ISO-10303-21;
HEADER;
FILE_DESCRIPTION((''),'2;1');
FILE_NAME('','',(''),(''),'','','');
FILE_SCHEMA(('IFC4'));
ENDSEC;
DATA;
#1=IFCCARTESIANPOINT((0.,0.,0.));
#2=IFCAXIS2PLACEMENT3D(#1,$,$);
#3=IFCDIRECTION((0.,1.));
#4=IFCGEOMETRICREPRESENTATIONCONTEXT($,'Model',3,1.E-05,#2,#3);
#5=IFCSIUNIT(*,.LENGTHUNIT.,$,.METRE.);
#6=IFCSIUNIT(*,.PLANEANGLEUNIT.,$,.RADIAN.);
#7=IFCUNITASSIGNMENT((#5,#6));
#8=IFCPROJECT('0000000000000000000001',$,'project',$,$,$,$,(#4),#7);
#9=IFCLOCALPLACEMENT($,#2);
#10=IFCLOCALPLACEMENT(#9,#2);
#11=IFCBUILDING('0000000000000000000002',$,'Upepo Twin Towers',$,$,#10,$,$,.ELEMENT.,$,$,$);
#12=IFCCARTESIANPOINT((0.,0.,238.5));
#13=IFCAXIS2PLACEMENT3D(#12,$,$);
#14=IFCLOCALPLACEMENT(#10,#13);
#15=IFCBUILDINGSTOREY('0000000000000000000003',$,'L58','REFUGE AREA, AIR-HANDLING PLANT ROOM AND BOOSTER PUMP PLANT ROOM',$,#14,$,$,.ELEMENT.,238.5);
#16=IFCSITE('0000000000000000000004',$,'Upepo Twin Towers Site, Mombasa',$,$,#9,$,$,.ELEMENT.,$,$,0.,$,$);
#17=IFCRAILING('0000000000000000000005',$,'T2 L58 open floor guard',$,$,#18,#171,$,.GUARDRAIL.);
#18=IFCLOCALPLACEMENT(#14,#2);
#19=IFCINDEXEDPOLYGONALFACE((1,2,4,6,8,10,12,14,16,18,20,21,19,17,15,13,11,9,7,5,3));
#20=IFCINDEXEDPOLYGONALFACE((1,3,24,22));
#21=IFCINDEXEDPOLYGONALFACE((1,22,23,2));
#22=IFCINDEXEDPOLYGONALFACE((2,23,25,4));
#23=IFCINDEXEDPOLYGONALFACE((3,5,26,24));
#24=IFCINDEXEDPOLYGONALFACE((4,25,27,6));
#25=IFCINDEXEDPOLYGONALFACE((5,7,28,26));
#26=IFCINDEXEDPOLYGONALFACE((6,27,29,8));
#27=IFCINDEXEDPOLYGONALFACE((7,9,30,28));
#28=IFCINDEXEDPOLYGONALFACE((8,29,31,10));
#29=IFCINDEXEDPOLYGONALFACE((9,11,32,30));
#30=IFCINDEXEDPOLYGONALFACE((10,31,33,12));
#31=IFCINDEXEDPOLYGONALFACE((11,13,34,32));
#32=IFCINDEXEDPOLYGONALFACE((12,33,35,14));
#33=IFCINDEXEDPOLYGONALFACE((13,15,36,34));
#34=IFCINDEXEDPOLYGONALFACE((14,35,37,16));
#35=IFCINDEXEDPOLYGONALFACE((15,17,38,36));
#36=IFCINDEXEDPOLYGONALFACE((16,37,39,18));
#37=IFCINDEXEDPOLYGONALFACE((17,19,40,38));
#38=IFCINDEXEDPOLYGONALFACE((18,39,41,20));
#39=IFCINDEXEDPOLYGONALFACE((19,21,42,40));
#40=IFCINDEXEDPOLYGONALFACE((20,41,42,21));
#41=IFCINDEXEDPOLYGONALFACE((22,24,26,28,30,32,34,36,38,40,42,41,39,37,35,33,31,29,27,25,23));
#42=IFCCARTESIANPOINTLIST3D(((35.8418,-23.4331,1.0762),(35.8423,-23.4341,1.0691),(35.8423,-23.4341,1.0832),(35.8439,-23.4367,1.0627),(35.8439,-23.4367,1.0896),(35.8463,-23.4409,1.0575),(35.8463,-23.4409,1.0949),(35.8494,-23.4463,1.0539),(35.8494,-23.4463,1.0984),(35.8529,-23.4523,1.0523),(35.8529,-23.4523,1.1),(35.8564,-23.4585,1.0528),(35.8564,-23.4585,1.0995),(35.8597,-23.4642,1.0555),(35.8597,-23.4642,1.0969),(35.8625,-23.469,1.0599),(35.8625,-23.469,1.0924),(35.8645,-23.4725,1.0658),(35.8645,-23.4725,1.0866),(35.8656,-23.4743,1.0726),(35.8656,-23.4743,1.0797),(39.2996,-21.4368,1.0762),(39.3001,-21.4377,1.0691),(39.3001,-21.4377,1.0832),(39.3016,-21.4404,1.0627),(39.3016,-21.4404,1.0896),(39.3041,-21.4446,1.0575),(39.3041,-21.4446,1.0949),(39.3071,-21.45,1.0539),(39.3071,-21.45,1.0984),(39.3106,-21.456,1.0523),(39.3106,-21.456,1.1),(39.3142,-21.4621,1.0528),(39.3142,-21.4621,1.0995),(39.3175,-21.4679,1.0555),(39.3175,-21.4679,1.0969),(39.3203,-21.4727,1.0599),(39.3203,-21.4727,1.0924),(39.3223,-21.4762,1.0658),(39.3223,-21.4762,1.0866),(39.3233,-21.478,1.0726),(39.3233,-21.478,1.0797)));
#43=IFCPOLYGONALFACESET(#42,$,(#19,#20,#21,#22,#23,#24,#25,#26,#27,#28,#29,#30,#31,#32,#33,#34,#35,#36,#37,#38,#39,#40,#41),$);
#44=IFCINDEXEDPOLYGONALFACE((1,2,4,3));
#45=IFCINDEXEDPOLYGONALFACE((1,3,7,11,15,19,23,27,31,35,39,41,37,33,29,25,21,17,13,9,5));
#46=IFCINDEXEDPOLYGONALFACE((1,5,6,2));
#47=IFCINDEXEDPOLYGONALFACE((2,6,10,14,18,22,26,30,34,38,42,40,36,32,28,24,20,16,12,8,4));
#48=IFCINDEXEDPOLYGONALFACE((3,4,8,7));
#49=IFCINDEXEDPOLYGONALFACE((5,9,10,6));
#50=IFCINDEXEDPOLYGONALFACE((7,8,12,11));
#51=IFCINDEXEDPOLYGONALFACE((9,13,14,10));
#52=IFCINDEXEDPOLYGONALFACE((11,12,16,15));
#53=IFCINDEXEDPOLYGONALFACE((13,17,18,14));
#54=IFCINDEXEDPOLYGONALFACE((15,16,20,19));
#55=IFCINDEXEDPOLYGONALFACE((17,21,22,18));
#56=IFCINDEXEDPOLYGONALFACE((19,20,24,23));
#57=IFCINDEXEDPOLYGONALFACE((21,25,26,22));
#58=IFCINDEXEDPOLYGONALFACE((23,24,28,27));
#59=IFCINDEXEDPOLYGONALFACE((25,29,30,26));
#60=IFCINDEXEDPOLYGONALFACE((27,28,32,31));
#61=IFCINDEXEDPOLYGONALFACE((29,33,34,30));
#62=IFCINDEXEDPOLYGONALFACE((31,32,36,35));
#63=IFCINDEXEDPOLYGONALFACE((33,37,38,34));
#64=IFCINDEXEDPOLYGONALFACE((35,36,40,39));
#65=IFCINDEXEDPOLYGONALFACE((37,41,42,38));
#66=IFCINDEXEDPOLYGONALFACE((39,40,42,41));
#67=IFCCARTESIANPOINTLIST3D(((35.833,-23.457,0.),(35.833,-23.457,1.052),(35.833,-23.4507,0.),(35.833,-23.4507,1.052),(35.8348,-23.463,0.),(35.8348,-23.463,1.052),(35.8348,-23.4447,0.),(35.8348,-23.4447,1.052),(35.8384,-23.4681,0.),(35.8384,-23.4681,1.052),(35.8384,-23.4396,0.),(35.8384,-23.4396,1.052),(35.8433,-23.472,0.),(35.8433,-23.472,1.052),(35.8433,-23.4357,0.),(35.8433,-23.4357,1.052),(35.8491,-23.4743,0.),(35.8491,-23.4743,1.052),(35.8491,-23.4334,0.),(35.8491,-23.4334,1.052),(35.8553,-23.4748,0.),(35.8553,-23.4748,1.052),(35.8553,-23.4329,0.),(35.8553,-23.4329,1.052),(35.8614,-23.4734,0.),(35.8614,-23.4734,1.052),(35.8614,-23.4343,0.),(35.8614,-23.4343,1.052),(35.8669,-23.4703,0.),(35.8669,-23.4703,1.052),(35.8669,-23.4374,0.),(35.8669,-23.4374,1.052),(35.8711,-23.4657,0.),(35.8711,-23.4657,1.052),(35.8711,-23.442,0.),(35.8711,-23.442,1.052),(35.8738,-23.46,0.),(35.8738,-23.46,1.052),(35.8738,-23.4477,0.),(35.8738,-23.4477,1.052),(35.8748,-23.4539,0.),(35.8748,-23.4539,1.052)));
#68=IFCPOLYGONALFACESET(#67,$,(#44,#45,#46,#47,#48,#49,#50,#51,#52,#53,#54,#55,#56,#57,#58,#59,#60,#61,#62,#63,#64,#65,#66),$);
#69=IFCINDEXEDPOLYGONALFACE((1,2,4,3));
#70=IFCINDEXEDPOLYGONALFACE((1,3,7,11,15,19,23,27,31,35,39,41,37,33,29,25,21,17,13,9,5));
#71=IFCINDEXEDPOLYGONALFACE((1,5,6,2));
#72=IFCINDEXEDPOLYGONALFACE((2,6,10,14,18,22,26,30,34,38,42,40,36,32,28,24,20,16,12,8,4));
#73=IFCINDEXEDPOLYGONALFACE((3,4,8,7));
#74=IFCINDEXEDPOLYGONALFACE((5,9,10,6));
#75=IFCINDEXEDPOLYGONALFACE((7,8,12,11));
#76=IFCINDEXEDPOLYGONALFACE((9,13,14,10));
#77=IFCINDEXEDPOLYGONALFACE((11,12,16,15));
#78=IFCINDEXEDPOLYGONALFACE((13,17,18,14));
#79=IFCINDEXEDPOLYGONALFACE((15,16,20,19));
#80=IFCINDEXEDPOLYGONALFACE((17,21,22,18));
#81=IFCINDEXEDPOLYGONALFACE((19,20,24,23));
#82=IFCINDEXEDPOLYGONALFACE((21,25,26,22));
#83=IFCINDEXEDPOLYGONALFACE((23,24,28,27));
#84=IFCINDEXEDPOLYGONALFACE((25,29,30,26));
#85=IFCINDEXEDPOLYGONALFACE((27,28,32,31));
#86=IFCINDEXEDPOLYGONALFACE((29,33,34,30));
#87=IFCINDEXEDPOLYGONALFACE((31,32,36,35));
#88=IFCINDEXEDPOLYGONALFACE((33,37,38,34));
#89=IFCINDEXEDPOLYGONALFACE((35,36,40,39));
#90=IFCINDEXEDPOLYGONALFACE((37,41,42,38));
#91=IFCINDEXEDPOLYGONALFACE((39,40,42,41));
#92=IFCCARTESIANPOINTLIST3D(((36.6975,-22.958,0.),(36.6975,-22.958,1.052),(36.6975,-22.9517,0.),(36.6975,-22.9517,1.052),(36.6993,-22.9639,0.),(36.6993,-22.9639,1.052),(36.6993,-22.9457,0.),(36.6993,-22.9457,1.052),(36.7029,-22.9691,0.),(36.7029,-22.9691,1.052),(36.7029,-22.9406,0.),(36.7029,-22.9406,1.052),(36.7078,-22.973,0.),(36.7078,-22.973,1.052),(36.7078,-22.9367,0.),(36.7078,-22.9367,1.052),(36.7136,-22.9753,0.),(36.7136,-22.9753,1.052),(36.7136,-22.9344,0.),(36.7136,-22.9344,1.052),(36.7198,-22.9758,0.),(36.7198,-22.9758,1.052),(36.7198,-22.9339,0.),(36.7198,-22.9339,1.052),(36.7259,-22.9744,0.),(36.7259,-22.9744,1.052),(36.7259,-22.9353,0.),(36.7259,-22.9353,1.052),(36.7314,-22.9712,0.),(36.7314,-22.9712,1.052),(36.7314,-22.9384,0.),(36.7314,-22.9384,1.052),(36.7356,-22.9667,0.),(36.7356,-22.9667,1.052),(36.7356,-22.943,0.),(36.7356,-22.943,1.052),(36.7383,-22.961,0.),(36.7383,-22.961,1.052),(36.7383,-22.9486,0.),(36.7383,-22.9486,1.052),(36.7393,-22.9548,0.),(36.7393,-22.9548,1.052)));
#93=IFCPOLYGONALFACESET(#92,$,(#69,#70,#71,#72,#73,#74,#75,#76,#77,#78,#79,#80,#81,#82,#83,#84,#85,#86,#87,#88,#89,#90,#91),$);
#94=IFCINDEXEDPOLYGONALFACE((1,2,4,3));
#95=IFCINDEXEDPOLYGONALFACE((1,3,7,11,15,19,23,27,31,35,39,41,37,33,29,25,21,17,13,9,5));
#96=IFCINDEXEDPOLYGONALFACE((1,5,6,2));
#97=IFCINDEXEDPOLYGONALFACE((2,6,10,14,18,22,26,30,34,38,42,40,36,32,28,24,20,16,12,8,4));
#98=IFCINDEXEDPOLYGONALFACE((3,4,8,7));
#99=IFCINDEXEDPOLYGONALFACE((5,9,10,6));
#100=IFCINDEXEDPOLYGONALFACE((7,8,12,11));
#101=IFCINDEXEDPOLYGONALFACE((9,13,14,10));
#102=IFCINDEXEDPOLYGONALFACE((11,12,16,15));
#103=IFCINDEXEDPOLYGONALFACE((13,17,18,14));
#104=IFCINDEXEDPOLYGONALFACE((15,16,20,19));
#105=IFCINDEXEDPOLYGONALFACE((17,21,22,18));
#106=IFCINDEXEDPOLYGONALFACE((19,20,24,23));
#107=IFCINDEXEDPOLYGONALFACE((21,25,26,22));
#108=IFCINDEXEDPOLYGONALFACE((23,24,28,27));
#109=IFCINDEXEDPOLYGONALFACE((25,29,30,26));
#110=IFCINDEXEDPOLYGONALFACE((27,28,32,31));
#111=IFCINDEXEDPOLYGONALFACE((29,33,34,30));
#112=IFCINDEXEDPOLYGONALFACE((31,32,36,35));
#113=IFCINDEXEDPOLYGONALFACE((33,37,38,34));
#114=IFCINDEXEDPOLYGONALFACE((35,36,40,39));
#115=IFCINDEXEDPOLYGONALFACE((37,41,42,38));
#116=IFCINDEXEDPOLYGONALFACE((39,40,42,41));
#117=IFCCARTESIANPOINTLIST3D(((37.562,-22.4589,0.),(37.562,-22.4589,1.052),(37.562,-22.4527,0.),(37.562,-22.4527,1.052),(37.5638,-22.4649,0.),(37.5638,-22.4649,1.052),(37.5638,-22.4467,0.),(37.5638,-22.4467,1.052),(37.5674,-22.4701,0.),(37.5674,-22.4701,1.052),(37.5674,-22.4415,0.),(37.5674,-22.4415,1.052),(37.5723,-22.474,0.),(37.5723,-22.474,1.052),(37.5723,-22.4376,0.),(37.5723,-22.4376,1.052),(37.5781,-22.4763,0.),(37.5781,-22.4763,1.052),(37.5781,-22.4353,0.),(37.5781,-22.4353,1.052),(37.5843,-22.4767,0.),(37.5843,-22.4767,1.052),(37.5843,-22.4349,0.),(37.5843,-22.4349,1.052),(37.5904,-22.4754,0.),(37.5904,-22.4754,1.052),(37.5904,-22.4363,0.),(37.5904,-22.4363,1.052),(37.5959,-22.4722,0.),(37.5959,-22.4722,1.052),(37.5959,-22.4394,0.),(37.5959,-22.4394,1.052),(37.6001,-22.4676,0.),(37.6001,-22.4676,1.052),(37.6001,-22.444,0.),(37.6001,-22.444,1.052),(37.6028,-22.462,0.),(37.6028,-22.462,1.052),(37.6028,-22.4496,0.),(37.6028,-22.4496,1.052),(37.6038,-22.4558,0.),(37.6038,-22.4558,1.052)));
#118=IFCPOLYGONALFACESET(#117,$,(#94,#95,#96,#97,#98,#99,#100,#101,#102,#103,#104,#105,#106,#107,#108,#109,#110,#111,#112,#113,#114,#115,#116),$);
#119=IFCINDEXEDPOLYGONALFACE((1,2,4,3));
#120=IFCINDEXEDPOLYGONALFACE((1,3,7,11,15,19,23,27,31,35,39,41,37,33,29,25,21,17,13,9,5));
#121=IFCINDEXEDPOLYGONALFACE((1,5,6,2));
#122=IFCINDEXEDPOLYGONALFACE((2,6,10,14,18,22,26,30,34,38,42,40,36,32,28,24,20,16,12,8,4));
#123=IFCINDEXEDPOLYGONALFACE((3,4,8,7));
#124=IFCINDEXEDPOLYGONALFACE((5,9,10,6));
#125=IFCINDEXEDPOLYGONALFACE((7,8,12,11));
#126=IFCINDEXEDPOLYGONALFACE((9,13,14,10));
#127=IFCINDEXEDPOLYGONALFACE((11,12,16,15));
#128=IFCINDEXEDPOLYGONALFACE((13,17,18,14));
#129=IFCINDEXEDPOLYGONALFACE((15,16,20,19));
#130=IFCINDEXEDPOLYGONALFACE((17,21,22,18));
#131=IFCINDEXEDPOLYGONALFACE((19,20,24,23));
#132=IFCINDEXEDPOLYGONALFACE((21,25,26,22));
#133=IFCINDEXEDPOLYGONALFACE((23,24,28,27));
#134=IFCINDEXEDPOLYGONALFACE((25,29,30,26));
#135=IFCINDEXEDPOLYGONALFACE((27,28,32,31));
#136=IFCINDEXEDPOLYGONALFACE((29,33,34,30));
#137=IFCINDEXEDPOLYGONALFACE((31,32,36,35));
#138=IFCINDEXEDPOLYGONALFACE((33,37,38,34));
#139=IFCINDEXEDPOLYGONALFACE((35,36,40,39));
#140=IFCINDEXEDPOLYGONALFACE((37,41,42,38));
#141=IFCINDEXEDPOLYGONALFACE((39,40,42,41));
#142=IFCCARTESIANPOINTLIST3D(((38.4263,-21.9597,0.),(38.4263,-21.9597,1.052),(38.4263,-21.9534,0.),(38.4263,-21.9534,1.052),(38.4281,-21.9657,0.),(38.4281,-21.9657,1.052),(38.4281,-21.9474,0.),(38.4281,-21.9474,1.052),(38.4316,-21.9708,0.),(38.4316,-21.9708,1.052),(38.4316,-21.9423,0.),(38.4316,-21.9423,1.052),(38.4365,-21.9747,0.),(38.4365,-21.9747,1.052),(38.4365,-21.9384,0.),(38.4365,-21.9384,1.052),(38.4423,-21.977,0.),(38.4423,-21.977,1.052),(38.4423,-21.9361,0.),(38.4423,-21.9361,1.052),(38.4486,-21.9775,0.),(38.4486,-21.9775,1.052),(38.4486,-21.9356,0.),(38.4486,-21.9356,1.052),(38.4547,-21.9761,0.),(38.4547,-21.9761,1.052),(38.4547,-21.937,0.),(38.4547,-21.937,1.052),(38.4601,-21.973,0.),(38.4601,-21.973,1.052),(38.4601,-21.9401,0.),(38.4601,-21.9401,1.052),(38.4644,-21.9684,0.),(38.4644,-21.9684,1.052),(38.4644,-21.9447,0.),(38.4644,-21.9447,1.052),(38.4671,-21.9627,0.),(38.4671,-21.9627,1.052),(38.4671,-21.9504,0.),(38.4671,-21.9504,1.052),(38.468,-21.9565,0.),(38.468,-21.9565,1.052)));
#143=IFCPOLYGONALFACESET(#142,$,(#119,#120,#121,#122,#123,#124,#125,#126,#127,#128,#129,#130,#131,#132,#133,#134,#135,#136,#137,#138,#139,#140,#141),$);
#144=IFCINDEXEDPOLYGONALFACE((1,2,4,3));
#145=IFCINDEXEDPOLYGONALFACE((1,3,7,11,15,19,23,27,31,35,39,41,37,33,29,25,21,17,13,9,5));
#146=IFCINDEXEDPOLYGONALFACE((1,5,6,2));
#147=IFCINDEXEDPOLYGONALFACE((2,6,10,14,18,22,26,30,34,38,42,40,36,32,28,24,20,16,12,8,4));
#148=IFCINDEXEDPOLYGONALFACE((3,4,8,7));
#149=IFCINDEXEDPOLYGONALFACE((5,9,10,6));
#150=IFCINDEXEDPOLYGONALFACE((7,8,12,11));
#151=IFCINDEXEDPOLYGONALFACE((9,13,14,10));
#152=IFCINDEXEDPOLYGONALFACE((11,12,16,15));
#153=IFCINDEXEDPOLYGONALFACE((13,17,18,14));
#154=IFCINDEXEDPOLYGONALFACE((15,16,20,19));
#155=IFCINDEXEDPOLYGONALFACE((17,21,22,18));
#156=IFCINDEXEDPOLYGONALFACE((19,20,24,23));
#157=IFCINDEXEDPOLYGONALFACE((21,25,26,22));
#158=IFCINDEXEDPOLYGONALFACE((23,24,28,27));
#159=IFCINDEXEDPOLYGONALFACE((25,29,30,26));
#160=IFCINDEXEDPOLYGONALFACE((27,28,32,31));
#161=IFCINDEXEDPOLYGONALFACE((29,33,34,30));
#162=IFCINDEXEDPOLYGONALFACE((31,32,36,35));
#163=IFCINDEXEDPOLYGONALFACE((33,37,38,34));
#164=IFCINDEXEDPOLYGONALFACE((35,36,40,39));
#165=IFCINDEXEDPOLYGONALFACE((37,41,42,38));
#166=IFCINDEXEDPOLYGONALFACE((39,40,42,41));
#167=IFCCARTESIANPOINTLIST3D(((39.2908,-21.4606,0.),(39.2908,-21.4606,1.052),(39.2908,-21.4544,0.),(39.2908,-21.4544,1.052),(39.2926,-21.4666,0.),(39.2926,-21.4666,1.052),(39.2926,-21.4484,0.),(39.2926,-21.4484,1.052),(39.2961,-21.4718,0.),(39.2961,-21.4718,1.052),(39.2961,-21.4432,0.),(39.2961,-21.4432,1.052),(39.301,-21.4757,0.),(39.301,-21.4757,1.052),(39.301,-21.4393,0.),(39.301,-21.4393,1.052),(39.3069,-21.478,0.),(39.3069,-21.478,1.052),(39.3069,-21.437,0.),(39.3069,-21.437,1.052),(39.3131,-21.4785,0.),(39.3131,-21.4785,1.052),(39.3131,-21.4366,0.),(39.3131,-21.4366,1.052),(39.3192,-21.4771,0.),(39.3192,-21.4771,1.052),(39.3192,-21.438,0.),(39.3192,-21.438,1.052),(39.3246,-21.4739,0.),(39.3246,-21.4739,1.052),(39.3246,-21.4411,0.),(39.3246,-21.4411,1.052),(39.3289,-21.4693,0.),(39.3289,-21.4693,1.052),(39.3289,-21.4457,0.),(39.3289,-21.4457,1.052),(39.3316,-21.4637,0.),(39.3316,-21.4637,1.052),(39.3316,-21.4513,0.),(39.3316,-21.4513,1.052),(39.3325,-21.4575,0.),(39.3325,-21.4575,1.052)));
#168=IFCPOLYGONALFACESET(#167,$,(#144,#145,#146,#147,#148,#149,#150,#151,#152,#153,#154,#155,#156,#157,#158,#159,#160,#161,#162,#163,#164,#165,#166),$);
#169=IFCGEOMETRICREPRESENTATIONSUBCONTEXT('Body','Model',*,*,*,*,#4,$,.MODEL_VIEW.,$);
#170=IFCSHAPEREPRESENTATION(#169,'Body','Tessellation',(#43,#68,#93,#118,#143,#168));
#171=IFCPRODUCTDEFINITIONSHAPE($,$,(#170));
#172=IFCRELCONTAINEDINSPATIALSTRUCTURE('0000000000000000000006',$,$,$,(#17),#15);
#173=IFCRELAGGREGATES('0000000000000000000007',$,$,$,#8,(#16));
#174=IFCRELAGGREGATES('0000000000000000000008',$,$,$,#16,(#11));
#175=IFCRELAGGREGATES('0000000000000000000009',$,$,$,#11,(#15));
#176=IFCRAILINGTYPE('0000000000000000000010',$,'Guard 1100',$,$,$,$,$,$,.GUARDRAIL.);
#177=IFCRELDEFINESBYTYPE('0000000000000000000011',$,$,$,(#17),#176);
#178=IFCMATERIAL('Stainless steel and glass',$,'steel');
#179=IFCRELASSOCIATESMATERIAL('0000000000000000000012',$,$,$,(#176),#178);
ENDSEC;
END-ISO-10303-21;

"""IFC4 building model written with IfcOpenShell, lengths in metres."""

from ifc_helpers import new_model, si_unit, direction, frame, origin, origin_2d, place, context, subcontext, project, spatial, circle, extrude, material, type_object, element, save


model = new_model("IFC4")

# Units and contexts
model_context = context("Model", 3, precision=1e-05, world=origin(), true_north=direction((0.0, 1.0)))
body_context = subcontext(model_context, "Body", "Model", "MODEL_VIEW")
ifc_project = project(units=[si_unit("LENGTHUNIT", "METRE"), si_unit("PLANEANGLEUNIT", "RADIAN")], contexts=[model_context])

# Site, building, storey
site_placement = place(None, origin())
site = spatial("IfcSite", under=ifc_project, at=site_placement, Name="Upepo Twin Towers Site, Mombasa", CompositionType="ELEMENT", RefElevation=0.0)
building_placement = place(site_placement, origin())
building = spatial("IfcBuilding", under=site, at=building_placement, Name="Upepo Twin Towers", CompositionType="ELEMENT")
storey_placement = place(building_placement, frame((0.0, 0.0, 238.5)))
storey = spatial("IfcBuildingStorey", under=building, at=storey_placement, Name="L58", Description="REFUGE AREA, AIR-HANDLING PLANT ROOM AND BOOSTER PUMP PLANT ROOM", CompositionType="ELEMENT", Elevation=238.5)

# Railing
ifc_material_1 = material(Name="Stainless steel and glass", Category="steel")
railing_type = type_object("IfcRailingType", Name="Guard 1100", PredefinedType="GUARDRAIL", material=ifc_material_1)
railing_1_placement = place(storey_placement, frame((35.8538, -23.4539, 0.0)))
element("IfcRailing", 1, at=railing_1_placement, inside=storey, type_object=railing_type, Name="T2 L58 open floor guard", PredefinedType="GUARDRAIL", context=body_context, shape_type="SweptSolid", body=[
    extrude(circle(Radius=0.0239, at=origin_2d()), frame((0.0, 0.0, 1.0762), z_axis=(0.866026, 0.499999, 0.0), x_axis=(-0.499999, 0.866026, 0.0)), (0.0, 0.0, 1.0), 3.9927),
    extrude(circle(Radius=0.021, at=origin_2d()), origin(), (0.0, 0.0, 1.0), 1.052),
    extrude(circle(Radius=0.021, at=origin_2d()), frame((0.8645, 0.499, 0.0)), (0.0, 0.0, 1.0), 1.052),
    extrude(circle(Radius=0.021, at=origin_2d()), frame((1.729, 0.998, 0.0)), (0.0, 0.0, 1.0), 1.052),
    extrude(circle(Radius=0.021, at=origin_2d()), frame((2.5933, 1.4973, 0.0)), (0.0, 0.0, 1.0), 1.052),
    extrude(circle(Radius=0.021, at=origin_2d()), frame((3.4578, 1.9963, 0.0)), (0.0, 0.0, 1.0), 1.052),
])

save(model, "model.ifc")
